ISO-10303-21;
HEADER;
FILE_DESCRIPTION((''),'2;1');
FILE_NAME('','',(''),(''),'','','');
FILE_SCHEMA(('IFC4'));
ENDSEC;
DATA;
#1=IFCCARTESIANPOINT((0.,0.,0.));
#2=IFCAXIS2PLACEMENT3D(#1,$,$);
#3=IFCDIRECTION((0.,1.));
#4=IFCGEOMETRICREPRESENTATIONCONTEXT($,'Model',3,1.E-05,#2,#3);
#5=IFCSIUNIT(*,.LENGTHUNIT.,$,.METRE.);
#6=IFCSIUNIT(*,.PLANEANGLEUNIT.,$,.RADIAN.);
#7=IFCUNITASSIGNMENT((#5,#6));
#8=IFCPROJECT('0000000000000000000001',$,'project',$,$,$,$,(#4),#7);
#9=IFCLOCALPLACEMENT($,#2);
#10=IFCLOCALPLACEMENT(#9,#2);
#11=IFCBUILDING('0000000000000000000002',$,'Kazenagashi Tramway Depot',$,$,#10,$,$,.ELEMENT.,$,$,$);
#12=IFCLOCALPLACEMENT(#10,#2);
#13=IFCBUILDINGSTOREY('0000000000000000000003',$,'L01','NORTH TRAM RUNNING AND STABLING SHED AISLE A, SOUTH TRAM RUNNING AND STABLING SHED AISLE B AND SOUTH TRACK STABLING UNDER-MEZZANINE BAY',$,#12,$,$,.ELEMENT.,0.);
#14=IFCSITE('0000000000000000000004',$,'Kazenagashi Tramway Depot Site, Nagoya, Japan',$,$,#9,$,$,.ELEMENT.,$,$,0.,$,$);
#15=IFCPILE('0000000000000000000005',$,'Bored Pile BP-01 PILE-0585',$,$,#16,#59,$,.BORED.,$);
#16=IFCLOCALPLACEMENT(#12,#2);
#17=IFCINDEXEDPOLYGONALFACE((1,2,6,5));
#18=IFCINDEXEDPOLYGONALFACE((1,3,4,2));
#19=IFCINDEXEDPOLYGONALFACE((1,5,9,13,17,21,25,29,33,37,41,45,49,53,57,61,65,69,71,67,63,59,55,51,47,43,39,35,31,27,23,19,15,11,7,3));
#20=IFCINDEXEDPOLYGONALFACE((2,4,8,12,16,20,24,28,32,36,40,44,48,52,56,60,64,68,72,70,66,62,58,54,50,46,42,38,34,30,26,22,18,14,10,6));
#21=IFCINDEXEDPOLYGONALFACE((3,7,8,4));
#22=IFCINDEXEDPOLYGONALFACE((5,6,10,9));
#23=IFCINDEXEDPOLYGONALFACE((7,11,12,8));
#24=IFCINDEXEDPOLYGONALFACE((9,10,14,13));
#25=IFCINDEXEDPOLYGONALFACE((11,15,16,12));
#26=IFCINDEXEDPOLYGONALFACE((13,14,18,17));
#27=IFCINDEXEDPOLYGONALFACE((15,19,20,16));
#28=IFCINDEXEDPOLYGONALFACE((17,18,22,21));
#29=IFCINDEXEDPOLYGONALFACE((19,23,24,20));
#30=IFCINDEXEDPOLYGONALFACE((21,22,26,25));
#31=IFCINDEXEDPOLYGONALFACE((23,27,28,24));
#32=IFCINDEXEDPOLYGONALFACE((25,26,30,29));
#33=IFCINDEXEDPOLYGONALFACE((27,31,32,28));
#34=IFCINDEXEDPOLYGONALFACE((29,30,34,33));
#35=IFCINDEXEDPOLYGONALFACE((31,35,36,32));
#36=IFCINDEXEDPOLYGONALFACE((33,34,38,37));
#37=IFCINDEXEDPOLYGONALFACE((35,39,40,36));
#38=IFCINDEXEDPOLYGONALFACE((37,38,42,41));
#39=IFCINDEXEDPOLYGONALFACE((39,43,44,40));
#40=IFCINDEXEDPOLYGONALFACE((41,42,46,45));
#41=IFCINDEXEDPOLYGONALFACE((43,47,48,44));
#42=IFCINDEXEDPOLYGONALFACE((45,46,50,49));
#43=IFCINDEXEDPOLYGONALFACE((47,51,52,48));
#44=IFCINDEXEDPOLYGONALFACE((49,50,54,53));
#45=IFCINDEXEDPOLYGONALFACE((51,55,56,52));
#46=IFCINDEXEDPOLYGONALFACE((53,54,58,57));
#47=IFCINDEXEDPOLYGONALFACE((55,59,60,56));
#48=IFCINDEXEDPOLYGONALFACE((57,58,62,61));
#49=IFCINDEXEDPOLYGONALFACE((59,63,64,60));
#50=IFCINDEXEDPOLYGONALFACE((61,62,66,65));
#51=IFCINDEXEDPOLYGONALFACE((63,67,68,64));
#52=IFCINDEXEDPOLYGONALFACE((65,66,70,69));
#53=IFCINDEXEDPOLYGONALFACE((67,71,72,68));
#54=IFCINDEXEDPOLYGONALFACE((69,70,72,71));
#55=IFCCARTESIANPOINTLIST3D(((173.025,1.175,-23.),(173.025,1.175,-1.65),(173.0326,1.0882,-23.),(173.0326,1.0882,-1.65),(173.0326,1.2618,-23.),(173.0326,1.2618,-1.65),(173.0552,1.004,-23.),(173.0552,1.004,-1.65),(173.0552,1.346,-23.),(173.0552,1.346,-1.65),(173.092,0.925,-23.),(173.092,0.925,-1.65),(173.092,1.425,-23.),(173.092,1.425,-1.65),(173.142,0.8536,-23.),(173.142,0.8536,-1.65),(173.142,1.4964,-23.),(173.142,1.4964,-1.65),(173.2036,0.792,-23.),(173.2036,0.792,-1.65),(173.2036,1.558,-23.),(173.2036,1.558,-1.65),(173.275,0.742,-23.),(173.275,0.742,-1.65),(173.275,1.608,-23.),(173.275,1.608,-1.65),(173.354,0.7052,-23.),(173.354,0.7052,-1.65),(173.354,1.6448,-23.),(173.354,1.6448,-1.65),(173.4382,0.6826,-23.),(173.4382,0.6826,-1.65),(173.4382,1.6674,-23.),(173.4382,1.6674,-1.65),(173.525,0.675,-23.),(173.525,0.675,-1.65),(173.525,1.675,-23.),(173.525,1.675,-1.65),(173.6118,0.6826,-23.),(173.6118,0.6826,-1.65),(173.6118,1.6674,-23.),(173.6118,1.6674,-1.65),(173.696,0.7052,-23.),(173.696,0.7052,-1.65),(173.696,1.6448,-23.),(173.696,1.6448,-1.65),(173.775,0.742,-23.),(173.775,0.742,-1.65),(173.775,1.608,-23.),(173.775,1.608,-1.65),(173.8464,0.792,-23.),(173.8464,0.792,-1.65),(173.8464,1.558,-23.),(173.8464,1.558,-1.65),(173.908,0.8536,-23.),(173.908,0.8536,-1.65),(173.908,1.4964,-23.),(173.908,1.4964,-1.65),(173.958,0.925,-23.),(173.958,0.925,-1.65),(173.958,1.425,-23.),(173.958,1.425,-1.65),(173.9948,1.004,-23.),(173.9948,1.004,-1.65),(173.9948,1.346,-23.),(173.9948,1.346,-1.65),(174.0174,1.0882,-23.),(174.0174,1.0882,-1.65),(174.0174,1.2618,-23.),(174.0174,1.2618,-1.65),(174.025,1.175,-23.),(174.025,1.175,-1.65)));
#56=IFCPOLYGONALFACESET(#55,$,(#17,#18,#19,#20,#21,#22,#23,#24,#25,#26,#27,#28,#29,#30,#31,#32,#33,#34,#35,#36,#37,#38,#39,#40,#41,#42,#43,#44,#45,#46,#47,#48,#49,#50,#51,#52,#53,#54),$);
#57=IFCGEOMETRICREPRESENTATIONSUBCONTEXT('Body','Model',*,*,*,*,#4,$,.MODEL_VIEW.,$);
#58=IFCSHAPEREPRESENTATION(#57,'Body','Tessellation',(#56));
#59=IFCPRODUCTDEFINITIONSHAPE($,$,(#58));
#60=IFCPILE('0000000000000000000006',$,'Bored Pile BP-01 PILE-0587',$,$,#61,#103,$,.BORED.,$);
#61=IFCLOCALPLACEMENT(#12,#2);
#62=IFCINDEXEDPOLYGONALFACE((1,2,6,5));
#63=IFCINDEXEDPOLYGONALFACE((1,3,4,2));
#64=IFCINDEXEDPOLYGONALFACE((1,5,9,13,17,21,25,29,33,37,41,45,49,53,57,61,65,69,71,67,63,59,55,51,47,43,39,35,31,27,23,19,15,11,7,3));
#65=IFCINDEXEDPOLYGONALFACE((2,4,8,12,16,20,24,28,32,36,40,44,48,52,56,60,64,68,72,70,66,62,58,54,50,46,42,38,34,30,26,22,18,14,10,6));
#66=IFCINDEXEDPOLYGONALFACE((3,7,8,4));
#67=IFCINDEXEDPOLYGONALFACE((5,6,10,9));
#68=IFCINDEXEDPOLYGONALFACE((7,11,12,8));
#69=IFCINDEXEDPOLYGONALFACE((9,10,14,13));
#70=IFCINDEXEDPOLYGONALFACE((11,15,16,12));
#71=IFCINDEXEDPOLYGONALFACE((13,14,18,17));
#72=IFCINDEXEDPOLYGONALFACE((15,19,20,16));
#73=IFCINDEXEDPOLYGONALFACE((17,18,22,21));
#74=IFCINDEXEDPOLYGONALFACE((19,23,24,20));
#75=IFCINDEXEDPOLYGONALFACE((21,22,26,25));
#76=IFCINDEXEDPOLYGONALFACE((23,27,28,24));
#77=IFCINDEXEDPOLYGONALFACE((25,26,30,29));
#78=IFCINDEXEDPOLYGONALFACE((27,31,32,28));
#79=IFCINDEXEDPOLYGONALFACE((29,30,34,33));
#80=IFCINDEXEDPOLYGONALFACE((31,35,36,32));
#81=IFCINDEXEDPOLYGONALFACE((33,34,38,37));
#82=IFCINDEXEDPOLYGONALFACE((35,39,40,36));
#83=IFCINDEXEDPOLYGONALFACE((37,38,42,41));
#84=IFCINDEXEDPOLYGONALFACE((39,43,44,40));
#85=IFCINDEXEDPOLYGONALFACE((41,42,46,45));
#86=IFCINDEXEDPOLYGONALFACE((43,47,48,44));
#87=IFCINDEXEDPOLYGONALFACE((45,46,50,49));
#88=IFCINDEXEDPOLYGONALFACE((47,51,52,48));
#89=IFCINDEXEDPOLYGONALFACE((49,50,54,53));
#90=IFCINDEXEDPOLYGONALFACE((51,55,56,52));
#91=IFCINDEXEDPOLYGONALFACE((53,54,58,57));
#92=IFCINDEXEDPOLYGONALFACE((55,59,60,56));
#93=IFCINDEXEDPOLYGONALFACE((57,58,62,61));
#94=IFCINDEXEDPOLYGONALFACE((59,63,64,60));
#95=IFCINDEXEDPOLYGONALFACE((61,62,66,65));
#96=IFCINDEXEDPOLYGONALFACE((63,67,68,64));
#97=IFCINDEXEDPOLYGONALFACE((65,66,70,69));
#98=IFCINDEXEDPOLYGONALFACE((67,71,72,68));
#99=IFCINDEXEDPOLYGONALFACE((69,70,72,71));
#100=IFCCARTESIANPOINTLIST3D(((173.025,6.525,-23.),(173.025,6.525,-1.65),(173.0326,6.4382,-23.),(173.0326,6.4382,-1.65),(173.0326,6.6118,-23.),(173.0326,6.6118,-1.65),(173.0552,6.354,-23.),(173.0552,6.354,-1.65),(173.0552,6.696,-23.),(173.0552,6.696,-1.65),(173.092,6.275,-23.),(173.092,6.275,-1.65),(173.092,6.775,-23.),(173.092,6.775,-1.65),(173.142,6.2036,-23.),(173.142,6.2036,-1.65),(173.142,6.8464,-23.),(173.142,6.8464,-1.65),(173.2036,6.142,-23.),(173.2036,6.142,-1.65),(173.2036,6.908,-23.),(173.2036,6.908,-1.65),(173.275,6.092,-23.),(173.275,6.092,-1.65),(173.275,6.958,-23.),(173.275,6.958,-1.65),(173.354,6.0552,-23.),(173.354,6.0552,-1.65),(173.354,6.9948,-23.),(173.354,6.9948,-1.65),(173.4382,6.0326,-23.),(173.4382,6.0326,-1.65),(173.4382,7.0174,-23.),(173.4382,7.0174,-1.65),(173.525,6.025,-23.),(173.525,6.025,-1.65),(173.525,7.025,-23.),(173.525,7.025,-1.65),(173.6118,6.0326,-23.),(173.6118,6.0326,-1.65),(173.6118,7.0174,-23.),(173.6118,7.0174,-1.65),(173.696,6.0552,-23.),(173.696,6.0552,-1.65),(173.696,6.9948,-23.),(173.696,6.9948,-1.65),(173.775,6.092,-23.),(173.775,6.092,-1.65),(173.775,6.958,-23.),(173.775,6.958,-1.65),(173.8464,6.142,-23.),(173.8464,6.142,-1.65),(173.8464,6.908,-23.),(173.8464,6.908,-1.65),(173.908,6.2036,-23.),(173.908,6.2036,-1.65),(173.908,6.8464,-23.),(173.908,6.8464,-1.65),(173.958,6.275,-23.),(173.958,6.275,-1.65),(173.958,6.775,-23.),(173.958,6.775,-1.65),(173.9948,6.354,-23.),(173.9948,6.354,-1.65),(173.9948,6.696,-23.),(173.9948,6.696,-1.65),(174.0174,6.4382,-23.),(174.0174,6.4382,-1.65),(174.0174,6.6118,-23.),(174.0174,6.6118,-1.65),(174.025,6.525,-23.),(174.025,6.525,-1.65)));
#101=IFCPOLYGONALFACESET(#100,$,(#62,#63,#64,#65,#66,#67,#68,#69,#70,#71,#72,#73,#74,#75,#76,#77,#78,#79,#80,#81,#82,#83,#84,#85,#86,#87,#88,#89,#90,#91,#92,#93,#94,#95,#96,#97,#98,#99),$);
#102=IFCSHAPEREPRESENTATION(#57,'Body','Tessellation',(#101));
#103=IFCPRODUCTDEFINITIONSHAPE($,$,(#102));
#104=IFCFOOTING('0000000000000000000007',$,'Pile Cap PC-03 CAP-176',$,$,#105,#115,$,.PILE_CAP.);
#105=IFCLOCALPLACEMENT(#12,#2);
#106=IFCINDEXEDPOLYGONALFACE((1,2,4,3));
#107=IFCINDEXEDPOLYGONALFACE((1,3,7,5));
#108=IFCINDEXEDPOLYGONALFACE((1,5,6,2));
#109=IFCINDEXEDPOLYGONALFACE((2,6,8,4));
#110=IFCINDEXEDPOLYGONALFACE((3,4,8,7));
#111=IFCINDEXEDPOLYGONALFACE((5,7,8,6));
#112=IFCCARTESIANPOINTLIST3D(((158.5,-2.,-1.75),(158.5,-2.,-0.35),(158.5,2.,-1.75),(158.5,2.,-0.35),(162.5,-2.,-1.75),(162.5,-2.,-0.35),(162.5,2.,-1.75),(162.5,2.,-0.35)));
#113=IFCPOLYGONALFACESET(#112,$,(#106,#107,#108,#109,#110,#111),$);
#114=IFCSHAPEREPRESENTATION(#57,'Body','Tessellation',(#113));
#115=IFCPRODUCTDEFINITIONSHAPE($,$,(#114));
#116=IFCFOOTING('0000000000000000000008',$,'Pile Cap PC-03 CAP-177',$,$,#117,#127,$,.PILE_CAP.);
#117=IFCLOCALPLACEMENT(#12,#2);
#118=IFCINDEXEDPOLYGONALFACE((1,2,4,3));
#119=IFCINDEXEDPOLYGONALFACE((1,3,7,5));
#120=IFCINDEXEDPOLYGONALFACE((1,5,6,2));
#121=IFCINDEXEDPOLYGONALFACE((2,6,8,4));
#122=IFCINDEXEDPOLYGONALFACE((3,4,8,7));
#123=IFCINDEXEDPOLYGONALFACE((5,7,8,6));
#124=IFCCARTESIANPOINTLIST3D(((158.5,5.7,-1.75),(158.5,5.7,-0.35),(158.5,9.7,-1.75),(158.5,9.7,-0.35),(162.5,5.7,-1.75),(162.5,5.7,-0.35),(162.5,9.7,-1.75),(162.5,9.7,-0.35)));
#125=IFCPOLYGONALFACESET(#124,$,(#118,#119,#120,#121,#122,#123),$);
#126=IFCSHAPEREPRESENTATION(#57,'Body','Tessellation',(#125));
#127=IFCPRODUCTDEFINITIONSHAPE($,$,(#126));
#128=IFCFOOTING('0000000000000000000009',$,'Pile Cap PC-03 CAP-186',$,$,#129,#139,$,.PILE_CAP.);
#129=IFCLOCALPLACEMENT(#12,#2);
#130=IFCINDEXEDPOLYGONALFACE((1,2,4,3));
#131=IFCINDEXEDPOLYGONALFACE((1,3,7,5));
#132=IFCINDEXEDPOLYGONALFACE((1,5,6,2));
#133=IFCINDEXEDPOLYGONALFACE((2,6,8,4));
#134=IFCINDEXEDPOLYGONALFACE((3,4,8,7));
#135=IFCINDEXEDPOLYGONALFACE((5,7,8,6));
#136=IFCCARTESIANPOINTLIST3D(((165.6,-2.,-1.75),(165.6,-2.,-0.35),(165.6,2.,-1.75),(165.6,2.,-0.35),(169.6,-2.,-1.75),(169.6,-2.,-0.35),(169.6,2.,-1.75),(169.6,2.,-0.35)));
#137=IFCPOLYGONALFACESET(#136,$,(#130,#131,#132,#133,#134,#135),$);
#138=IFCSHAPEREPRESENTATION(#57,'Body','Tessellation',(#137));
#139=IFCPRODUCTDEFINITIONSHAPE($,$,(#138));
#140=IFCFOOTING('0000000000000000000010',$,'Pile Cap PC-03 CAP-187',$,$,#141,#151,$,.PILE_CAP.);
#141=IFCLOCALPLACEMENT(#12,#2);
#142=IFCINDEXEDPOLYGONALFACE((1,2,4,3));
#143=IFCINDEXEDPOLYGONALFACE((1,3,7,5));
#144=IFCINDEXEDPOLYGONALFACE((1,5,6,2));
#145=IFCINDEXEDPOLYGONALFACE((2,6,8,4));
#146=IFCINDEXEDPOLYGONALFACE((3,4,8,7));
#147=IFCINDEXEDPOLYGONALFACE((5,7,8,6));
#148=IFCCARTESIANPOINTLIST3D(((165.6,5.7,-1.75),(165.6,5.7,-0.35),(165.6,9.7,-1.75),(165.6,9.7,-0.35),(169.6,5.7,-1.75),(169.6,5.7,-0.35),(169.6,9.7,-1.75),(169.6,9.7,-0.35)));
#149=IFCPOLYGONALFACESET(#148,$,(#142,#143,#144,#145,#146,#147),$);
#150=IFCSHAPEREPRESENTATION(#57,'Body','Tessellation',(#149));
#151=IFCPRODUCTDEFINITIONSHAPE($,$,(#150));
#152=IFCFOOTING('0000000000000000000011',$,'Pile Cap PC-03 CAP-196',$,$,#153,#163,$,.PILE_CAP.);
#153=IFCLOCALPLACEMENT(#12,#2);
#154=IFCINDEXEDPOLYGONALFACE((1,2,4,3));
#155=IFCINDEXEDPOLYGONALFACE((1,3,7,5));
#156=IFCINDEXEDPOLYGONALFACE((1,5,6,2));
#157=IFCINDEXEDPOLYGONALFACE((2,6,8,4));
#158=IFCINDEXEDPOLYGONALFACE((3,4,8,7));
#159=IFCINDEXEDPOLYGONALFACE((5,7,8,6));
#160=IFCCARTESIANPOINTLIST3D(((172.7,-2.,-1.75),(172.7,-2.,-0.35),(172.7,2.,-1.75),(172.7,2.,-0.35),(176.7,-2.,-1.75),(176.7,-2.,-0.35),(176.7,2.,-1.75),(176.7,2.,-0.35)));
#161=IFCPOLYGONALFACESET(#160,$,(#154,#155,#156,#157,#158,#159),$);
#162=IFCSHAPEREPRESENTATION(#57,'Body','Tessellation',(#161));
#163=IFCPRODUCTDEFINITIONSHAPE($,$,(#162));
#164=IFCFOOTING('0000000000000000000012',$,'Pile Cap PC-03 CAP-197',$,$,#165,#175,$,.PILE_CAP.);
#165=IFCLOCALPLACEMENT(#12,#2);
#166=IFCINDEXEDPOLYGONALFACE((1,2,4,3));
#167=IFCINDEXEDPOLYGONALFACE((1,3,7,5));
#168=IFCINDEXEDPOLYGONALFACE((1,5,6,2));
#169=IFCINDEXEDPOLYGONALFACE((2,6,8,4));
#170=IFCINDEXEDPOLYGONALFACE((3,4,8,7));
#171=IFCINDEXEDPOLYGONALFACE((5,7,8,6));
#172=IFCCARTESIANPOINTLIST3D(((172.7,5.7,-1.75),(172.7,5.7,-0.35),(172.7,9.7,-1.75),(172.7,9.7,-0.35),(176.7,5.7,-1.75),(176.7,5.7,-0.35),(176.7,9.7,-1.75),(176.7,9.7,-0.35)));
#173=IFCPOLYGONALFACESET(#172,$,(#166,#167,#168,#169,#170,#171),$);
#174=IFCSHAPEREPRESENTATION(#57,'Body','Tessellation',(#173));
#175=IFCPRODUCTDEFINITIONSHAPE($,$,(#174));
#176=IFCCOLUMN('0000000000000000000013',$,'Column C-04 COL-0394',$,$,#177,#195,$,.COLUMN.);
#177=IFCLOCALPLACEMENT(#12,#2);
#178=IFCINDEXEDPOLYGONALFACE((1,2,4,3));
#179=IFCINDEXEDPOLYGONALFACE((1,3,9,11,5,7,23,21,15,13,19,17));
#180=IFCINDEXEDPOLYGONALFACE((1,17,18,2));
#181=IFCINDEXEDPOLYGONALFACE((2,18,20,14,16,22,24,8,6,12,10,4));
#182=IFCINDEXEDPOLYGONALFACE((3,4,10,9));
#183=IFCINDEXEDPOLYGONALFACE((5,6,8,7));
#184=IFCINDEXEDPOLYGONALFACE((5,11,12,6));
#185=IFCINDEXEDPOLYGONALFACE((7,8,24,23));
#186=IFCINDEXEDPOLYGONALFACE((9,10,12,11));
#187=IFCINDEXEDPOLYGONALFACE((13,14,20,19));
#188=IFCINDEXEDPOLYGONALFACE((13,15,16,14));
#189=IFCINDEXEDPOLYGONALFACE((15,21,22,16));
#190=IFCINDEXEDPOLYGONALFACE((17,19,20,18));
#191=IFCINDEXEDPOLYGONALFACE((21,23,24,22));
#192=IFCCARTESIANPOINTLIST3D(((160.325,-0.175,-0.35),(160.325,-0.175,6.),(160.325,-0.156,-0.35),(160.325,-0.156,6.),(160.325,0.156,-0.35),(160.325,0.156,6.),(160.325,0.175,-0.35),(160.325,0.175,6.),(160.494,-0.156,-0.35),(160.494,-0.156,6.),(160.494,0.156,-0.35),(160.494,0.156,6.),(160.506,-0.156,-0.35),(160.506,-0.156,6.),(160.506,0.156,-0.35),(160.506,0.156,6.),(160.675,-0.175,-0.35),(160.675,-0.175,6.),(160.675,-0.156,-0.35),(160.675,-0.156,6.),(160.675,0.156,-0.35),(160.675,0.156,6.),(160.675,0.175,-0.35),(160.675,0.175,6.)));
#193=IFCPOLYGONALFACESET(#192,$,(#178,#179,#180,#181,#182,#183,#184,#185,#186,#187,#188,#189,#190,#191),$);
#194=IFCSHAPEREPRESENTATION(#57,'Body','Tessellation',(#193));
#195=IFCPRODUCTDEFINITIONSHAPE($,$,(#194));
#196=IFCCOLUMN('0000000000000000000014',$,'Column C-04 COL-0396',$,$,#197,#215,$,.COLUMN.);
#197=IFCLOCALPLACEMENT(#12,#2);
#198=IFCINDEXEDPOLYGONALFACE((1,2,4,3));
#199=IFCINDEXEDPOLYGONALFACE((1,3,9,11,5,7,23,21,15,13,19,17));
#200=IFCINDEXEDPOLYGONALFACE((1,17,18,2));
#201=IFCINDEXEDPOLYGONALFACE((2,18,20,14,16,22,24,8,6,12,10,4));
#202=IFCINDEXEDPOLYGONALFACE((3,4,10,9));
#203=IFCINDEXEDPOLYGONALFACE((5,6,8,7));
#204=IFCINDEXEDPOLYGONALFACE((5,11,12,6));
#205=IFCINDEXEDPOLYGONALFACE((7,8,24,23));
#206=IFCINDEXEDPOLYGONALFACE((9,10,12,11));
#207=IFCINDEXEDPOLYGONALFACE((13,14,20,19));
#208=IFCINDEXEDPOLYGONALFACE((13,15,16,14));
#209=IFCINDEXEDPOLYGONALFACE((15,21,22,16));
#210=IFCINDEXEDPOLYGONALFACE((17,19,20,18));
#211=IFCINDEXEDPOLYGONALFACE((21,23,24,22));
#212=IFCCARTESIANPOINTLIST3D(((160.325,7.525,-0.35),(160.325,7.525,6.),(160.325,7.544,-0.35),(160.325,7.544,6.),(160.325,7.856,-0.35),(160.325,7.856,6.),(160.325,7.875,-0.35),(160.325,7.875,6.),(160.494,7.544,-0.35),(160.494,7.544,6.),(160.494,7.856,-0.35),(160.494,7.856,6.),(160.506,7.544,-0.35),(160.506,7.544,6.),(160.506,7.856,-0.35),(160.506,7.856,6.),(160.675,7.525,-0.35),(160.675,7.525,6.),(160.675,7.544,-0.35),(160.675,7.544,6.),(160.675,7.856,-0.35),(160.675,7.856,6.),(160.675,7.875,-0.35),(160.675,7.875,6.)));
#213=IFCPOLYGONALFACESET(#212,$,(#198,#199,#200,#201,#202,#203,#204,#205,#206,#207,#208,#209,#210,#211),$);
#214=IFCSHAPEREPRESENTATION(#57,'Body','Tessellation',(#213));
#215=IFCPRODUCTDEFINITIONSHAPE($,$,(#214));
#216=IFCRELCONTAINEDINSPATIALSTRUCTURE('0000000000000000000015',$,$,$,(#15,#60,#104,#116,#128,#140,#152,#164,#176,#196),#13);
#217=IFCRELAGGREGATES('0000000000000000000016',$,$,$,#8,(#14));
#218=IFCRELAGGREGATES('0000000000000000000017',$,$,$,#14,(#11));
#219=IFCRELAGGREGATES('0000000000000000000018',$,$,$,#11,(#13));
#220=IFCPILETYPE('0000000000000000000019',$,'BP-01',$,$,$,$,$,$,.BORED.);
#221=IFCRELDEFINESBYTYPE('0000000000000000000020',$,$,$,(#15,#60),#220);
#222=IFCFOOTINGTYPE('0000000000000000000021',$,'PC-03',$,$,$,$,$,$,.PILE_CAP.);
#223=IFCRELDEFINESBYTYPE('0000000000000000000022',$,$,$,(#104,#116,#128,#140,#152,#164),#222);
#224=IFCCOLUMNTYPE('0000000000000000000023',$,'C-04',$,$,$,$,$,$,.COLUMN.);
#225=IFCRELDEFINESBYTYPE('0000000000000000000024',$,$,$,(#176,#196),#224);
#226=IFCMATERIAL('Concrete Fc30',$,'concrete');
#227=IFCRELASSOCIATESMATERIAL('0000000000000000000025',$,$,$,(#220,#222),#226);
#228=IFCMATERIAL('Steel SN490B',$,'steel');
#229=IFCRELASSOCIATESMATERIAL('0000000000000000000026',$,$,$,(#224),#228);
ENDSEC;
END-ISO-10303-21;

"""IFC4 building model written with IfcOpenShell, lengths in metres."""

from ifc_helpers import new_model, si_unit, direction, frame, origin, origin_2d, place, context, subcontext, project, spatial, rectangle, circle, i_section, extrude, material, material_profile, profile_set, type_object, element, save


model = new_model("IFC4")

# Units and contexts
model_context = context("Model", 3, precision=1e-05, world=origin(), true_north=direction((0.0, 1.0)))
body_context = subcontext(model_context, "Body", "Model", "MODEL_VIEW")
ifc_project = project(units=[si_unit("LENGTHUNIT", "METRE"), si_unit("PLANEANGLEUNIT", "RADIAN")], contexts=[model_context])

# Site, building, storey
site_placement = place(None, origin())
site = spatial("IfcSite", under=ifc_project, at=site_placement, Name="Kazenagashi Tramway Depot Site, Nagoya, Japan", CompositionType="ELEMENT", RefElevation=0.0)
building_placement = place(site_placement, origin())
building = spatial("IfcBuilding", under=site, at=building_placement, Name="Kazenagashi Tramway Depot", CompositionType="ELEMENT")
storey_placement = place(building_placement, origin())
storey = spatial("IfcBuildingStorey", under=building, at=storey_placement, Name="L01", Description="NORTH TRAM RUNNING AND STABLING SHED AISLE A, SOUTH TRAM RUNNING AND STABLING SHED AISLE B AND SOUTH TRACK STABLING UNDER-MEZZANINE BAY", CompositionType="ELEMENT", Elevation=0.0)

# Piles
ifc_material_1 = material(Name="Concrete Fc30", Category="concrete")
ifc_material_profile_1 = material_profile(ifc_material_1, circle(Radius=0.5, at=origin_2d()), Name="PILE-1000")
ifc_profile_set_1 = profile_set([ifc_material_profile_1], Name="Concrete Fc30")
pile_type = type_object("IfcPileType", Name="BP-01", PredefinedType="BORED", material=ifc_profile_set_1)
for number, where, z_axis, x_axis, name in (
    (1, (173.525, 1.175, -1.65), (0.0, 0.0, -1.0), (1.0, 0.0, 0.0), "Bored Pile BP-01 PILE-0585"),
    (2, (173.525, 6.525, -1.65), (0.0, 0.0, -1.0), (1.0, 0.0, 0.0), "Bored Pile BP-01 PILE-0587"),
):
    element("IfcPile", number, at=place(storey_placement, frame(where, z_axis=z_axis, x_axis=x_axis)), inside=storey, type_object=pile_type, Name=name, PredefinedType="BORED", context=body_context, shape_type="SweptSolid", body=[
        extrude(circle(Radius=0.5, at=origin_2d()), origin(), (0.0, 0.0, 1.0), 21.35),
    ])

# Footings
footing_type = type_object("IfcFootingType", Name="PC-03", PredefinedType="PILE_CAP", material=ifc_material_1)
for number, where, z_axis, x_axis, name in (
    (3, (160.5, 0.0, -1.75), (0.0, 0.0, 1.0), (1.0, 0.0, 0.0), "Pile Cap PC-03 CAP-176"),
    (4, (160.5, 7.7, -1.75), (0.0, 0.0, 1.0), (1.0, 0.0, 0.0), "Pile Cap PC-03 CAP-177"),
    (5, (167.6, 0.0, -1.75), (0.0, 0.0, 1.0), (1.0, 0.0, 0.0), "Pile Cap PC-03 CAP-186"),
    (6, (167.6, 7.7, -1.75), (0.0, 0.0, 1.0), (1.0, 0.0, 0.0), "Pile Cap PC-03 CAP-187"),
    (7, (174.7, 0.0, -1.75), (0.0, 0.0, 1.0), (1.0, 0.0, 0.0), "Pile Cap PC-03 CAP-196"),
    (8, (174.7, 7.7, -1.75), (0.0, 0.0, 1.0), (1.0, 0.0, 0.0), "Pile Cap PC-03 CAP-197"),
):
    element("IfcFooting", number, at=place(storey_placement, frame(where, z_axis=z_axis, x_axis=x_axis)), inside=storey, type_object=footing_type, Name=name, PredefinedType="PILE_CAP", context=body_context, shape_type="SweptSolid", body=[
        extrude(rectangle(XDim=4.0, YDim=4.0, at=origin_2d()), origin(), (0.0, 0.0, 1.0), 1.4),
    ])

# Columns
ifc_material_2 = material(Name="Steel SN490B", Category="steel")
ifc_material_profile_2 = material_profile(ifc_material_2, i_section(OverallWidth=0.35, OverallDepth=0.35, WebThickness=0.012, FlangeThickness=0.019, at=origin_2d()), Name="H-350x350x12x19")
ifc_profile_set_2 = profile_set([ifc_material_profile_2], Name="Steel SN490B")
column_type = type_object("IfcColumnType", Name="C-04", PredefinedType="COLUMN", material=ifc_profile_set_2)
for number, where, z_axis, x_axis, name in (
    (9, (160.5, 0.0, -0.35), (0.0, 0.0, 1.0), (1.0, 0.0, 0.0), "Column C-04 COL-0394"),
    (10, (160.5, 7.7, -0.35), (0.0, 0.0, 1.0), (1.0, 0.0, 0.0), "Column C-04 COL-0396"),
):
    element("IfcColumn", number, at=place(storey_placement, frame(where, z_axis=z_axis, x_axis=x_axis)), inside=storey, type_object=column_type, Name=name, PredefinedType="COLUMN", context=body_context, shape_type="SweptSolid", body=[
        extrude(i_section(OverallWidth=0.35, OverallDepth=0.35, WebThickness=0.012, FlangeThickness=0.019, at=origin_2d()), origin(), (0.0, 0.0, 1.0), 6.35),
    ])

save(model, "model.ifc")
